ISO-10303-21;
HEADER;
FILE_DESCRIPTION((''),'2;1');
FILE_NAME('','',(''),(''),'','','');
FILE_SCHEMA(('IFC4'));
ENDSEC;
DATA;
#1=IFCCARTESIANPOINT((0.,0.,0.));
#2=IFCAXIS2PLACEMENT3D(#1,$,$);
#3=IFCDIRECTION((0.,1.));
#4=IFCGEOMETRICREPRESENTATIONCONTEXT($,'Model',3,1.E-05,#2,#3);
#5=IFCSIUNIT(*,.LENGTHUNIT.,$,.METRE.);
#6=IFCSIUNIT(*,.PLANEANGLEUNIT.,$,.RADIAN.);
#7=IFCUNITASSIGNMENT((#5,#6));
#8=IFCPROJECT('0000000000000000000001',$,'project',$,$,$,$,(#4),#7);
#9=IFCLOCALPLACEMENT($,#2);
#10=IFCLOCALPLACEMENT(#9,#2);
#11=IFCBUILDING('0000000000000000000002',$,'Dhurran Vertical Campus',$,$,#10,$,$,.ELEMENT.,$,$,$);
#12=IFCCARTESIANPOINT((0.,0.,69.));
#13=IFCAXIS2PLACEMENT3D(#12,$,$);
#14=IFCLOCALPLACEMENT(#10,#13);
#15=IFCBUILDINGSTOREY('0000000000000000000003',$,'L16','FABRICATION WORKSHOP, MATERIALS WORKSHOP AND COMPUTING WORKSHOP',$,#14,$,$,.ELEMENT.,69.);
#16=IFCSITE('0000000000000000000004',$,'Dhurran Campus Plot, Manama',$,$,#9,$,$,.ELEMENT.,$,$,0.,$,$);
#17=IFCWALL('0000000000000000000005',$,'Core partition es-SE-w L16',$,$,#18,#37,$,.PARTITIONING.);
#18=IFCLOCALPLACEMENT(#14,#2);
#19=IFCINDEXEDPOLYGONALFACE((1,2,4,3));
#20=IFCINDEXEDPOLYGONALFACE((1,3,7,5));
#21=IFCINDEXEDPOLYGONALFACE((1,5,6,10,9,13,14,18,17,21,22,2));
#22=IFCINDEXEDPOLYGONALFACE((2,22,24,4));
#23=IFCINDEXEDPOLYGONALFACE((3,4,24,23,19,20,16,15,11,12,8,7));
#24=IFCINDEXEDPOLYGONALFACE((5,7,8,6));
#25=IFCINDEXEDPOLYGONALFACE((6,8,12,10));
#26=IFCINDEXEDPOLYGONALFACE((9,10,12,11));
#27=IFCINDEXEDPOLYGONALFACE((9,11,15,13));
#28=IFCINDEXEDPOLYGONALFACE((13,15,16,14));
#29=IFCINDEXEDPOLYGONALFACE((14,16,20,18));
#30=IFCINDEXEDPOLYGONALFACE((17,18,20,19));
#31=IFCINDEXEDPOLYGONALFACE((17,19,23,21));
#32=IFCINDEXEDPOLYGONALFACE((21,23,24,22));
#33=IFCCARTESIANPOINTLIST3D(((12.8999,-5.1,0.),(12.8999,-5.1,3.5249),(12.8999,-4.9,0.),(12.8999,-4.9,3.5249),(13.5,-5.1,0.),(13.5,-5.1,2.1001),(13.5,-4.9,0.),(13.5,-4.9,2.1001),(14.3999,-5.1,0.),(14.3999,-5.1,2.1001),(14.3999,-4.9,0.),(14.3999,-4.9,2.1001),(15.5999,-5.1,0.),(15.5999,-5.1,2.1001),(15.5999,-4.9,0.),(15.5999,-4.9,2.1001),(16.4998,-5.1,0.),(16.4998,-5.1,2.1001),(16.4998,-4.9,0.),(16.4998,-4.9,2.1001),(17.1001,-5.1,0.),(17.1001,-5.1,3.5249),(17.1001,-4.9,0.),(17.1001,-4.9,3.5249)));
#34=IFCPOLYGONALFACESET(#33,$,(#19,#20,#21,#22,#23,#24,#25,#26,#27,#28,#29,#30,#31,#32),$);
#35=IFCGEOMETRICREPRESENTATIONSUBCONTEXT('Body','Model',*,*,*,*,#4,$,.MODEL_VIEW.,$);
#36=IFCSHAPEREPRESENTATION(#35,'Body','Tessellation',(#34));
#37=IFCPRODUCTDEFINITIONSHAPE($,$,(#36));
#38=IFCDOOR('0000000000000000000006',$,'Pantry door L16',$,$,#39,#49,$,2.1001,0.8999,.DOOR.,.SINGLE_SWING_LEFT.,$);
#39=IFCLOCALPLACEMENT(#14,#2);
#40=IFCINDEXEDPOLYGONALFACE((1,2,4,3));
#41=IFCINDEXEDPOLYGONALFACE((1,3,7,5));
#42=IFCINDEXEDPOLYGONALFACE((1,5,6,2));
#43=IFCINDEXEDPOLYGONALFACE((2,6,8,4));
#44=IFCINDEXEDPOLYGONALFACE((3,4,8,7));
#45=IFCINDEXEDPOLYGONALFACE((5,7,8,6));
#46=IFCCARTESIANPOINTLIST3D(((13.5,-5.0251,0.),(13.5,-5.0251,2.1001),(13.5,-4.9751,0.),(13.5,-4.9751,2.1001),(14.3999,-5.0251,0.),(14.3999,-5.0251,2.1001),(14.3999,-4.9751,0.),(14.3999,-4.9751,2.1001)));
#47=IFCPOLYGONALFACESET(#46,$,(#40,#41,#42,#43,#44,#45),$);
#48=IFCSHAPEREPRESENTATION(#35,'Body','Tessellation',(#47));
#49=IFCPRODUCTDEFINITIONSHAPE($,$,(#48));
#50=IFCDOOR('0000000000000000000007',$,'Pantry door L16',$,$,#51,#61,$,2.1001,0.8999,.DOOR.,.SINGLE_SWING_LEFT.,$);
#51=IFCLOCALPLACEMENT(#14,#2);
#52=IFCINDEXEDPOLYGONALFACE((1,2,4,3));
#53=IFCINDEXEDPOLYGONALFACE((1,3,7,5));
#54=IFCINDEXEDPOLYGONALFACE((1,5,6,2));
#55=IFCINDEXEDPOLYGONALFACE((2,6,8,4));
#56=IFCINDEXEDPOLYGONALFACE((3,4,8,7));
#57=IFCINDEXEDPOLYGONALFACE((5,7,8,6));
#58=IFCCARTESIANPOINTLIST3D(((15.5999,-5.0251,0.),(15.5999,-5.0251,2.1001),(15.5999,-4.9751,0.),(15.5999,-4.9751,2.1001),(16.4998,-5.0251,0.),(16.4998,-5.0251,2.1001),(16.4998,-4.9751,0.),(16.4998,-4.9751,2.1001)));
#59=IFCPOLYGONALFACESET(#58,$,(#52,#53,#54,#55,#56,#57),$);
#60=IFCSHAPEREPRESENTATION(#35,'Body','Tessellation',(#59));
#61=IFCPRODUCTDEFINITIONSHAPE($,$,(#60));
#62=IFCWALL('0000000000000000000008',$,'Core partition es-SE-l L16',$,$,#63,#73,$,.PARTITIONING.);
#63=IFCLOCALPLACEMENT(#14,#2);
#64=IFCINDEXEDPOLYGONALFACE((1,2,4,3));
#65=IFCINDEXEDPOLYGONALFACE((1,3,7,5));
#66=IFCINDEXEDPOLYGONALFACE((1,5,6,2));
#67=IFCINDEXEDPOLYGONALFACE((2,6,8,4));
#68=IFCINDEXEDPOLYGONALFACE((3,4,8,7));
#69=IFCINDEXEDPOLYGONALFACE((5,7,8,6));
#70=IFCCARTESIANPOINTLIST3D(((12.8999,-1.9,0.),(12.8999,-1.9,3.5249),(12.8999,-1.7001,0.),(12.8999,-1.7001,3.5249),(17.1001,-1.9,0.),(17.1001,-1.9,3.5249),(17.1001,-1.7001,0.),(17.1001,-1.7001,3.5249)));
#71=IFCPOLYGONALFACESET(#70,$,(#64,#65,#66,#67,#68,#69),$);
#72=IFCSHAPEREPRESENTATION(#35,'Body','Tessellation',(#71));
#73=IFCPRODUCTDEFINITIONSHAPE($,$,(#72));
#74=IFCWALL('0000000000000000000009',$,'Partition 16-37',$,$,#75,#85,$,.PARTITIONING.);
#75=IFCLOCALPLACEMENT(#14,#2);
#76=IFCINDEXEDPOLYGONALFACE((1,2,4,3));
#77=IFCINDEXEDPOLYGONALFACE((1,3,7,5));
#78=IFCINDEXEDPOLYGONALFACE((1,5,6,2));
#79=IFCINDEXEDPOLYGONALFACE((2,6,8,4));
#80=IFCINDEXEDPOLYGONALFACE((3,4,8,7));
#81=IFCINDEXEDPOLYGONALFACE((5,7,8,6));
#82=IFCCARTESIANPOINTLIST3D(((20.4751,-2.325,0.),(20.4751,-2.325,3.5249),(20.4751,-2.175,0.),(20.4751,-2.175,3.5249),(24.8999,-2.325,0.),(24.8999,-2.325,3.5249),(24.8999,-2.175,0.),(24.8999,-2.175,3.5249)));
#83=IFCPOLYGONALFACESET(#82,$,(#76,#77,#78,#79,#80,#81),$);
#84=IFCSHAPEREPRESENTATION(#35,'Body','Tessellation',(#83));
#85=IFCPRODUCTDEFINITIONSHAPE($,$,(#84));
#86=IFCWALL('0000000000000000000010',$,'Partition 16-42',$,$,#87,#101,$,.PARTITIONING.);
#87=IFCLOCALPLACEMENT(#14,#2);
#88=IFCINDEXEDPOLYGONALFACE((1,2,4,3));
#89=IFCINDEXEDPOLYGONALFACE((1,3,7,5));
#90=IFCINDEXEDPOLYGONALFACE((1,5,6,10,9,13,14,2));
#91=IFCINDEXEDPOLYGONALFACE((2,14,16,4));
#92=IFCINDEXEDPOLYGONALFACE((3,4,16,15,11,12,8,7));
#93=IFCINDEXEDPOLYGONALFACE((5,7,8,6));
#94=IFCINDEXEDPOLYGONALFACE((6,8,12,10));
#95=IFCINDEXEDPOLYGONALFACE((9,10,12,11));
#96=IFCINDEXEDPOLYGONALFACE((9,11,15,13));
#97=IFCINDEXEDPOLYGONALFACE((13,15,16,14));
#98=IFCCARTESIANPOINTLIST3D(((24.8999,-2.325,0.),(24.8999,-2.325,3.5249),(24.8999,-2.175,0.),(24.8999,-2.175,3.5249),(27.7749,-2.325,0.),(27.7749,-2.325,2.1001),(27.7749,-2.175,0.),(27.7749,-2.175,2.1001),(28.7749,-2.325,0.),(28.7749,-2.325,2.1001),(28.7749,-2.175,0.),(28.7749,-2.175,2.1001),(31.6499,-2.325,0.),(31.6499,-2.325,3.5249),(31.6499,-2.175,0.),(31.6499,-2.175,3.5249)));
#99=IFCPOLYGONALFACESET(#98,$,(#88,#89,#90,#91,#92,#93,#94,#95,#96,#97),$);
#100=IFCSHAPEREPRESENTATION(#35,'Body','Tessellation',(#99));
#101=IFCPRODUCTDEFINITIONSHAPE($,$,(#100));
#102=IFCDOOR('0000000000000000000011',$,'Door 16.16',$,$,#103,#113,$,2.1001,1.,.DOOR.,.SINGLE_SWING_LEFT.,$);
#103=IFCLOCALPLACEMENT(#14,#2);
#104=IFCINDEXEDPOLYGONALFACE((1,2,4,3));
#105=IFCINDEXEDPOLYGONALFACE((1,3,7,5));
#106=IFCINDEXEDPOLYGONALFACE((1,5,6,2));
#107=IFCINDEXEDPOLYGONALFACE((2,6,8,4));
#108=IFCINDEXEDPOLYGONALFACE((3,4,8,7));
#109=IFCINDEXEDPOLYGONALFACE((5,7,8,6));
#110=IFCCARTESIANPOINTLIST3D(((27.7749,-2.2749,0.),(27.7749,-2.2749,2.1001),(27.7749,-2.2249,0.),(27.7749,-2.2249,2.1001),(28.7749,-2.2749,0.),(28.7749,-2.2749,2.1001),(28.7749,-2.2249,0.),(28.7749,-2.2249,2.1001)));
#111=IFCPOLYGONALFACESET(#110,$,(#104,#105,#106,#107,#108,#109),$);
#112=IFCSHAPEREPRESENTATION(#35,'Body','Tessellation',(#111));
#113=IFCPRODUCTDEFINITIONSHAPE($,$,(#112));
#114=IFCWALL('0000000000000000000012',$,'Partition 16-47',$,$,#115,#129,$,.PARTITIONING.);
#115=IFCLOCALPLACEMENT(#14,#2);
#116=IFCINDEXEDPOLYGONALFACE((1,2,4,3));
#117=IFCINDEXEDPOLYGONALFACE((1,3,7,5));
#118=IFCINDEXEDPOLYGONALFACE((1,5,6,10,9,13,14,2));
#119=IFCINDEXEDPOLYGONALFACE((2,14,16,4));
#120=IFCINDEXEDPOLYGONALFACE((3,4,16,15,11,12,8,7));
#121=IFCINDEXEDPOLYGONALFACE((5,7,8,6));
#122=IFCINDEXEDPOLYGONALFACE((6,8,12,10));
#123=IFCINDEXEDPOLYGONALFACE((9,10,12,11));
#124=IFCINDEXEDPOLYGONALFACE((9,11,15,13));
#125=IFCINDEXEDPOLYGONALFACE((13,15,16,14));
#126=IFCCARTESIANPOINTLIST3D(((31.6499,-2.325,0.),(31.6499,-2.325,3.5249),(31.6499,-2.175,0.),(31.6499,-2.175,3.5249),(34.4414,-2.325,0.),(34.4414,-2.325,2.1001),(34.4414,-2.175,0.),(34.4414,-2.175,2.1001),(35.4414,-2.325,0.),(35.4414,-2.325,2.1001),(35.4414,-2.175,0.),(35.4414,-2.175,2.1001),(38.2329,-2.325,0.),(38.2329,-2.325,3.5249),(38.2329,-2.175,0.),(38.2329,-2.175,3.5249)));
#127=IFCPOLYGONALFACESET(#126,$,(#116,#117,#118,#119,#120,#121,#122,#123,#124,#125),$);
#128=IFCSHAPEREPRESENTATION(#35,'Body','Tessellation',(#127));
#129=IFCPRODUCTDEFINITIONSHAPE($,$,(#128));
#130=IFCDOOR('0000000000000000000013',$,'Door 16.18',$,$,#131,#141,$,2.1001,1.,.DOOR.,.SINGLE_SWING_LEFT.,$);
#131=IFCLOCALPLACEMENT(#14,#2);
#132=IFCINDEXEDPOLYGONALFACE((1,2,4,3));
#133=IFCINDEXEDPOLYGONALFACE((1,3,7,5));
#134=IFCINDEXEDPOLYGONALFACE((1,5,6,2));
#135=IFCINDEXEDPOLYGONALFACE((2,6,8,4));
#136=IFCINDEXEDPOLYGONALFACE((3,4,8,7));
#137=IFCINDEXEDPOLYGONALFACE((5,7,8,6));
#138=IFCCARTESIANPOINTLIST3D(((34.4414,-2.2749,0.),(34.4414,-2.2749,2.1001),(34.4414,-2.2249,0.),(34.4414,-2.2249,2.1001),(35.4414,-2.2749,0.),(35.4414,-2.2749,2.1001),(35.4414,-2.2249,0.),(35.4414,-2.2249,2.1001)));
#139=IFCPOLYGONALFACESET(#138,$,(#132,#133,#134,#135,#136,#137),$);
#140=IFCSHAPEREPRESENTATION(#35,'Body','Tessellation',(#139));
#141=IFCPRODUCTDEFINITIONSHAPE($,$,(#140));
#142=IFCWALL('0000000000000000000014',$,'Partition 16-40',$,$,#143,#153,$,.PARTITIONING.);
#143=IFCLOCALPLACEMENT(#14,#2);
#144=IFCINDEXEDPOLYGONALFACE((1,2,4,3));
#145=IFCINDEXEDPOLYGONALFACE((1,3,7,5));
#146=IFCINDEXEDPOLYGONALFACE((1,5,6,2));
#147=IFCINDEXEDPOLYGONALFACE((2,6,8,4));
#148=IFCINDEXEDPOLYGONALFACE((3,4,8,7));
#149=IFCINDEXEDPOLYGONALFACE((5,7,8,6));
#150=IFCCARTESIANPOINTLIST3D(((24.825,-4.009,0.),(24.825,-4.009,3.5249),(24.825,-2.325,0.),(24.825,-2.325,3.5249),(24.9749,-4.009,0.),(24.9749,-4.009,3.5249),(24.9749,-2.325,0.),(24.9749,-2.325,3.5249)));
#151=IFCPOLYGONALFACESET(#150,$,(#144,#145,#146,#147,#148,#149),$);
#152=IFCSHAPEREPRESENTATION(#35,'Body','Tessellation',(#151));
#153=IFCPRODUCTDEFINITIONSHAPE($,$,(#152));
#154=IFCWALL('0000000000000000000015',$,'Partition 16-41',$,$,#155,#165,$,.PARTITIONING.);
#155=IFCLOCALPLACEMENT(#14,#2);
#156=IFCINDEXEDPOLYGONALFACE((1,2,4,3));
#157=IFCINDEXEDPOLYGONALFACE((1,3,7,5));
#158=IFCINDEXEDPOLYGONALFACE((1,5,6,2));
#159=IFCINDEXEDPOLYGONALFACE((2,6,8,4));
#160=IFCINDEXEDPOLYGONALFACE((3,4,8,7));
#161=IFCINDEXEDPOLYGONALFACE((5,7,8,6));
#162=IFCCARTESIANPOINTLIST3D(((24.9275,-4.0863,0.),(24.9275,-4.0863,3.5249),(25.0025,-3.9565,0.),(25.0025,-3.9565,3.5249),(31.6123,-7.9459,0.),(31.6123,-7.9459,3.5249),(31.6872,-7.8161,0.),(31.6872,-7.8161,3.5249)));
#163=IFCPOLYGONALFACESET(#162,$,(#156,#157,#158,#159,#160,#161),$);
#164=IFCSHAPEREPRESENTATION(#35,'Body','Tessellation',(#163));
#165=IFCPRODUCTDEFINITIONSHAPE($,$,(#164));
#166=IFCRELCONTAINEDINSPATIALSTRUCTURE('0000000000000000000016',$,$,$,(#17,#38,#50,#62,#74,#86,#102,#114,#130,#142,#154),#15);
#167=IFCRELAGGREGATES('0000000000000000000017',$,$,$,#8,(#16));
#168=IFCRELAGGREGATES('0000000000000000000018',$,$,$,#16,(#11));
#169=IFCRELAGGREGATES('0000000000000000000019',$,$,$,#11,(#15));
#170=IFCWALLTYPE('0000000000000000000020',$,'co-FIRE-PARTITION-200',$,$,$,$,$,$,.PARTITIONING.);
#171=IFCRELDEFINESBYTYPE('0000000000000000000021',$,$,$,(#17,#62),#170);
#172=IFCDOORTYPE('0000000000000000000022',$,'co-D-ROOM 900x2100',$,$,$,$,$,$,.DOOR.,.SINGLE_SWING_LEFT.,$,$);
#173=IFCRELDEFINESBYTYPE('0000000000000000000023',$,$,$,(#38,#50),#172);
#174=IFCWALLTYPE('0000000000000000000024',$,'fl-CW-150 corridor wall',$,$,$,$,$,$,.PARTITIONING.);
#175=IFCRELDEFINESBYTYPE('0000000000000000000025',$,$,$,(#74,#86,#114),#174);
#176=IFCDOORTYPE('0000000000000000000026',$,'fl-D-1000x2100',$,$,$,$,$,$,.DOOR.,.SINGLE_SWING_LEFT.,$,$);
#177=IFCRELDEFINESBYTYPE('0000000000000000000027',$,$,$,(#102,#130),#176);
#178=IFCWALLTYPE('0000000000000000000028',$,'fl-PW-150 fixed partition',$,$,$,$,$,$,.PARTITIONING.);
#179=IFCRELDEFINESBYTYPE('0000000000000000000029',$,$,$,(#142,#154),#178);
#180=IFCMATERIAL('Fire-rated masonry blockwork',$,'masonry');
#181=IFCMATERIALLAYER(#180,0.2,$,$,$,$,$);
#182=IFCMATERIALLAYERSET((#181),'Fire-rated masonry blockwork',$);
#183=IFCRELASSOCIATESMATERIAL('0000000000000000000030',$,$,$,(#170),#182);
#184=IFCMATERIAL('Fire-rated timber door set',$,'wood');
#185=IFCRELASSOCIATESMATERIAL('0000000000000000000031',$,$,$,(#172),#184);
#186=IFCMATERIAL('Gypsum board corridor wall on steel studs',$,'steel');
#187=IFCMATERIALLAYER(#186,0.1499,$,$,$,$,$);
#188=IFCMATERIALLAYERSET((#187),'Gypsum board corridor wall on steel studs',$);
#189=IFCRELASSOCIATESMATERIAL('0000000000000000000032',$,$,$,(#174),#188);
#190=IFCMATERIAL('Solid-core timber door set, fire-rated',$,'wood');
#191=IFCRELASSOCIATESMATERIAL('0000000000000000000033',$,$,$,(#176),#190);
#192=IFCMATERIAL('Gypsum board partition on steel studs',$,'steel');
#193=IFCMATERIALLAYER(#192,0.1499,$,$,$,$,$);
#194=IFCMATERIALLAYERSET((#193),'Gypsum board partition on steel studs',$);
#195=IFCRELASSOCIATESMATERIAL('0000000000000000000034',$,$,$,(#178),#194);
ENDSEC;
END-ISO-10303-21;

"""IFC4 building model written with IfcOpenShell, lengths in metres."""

from ifc_helpers import new_model, si_unit, direction, frame, frame_2d, origin, place, context, subcontext, project, spatial, rectangle, extrude, material, layer, layer_set, type_object, element, fill, save


model = new_model("IFC4")

# Units and contexts
model_context = context("Model", 3, precision=1e-05, world=origin(), true_north=direction((0.0, 1.0)))
body_context = subcontext(model_context, "Body", "Model", "MODEL_VIEW")
ifc_project = project(units=[si_unit("LENGTHUNIT", "METRE"), si_unit("PLANEANGLEUNIT", "RADIAN")], contexts=[model_context])

# Site, building, storey
site_placement = place(None, origin())
site = spatial("IfcSite", under=ifc_project, at=site_placement, Name="Dhurran Campus Plot, Manama", CompositionType="ELEMENT", RefElevation=0.0)
building_placement = place(site_placement, origin())
building = spatial("IfcBuilding", under=site, at=building_placement, Name="Dhurran Vertical Campus", CompositionType="ELEMENT")
storey_placement = place(building_placement, frame((0.0, 0.0, 69.0)))
storey = spatial("IfcBuildingStorey", under=building, at=storey_placement, Name="L16", Description="FABRICATION WORKSHOP, MATERIALS WORKSHOP AND COMPUTING WORKSHOP", CompositionType="ELEMENT", Elevation=69.0)

# Shared definitions
ifc_material_1 = material(Name="Fire-rated masonry blockwork", Category="masonry")
ifc_layer_1 = layer(ifc_material_1, 0.2)
ifc_layer_set_1 = layer_set([ifc_layer_1], Name="Fire-rated masonry blockwork")
wall_type_1 = type_object("IfcWallType", Name="co-FIRE-PARTITION-200", PredefinedType="PARTITIONING", material=ifc_layer_set_1)
ifc_material_2 = material(Name="Fire-rated timber door set", Category="wood")
door_type_1 = type_object("IfcDoorType", Name="co-D-ROOM 900x2100", OperationType="SINGLE_SWING_LEFT", PredefinedType="DOOR", material=ifc_material_2)

# Wall, openings, doors
wall_1_placement = place(storey_placement, frame((12.8999, -5.0, 0.0), z_axis=(0.0, 0.0, 1.0), x_axis=(1.0, 0.0, 0.0)))
wall_1 = element("IfcWall", 1, at=wall_1_placement, inside=storey, type_object=wall_type_1, Name="Core partition es-SE-w L16", PredefinedType="PARTITIONING", context=body_context, shape_type="SweptSolid", body=[
    extrude(rectangle(XDim=4.2002, YDim=0.2, at=frame_2d((2.1001, 0.0))), origin(), (0.0, 0.0, 1.0), 3.5249),
])
opening_1_placement = place(wall_1_placement, frame((0.6001, 0.0, 0.0)))
opening_1 = element("IfcOpeningElement", 2, at=opening_1_placement, cuts=wall_1, PredefinedType="OPENING", context=body_context, shape_type="SweptSolid", body=[
    extrude(rectangle(XDim=0.8999, YDim=2.1001, at=frame_2d((0.45, 1.05))), frame((0.0, 0.1099, 0.0), z_axis=(0.0, -1.0, 0.0), x_axis=(1.0, 0.0, 0.0)), (0.0, 0.0, 1.0), 0.22),
])
opening_2_placement = place(wall_1_placement, frame((2.7, 0.0, 0.0)))
opening_2 = element("IfcOpeningElement", 3, at=opening_2_placement, cuts=wall_1, PredefinedType="OPENING", context=body_context, shape_type="SweptSolid", body=[
    extrude(rectangle(XDim=0.8999, YDim=2.1001, at=frame_2d((0.45, 1.05))), frame((0.0, 0.1099, 0.0), z_axis=(0.0, -1.0, 0.0), x_axis=(1.0, 0.0, 0.0)), (0.0, 0.0, 1.0), 0.22),
])
door_1_placement = place(opening_1_placement, origin())
door_1 = element("IfcDoor", 4, at=door_1_placement, inside=storey, type_object=door_type_1, Name="Pantry door L16", OperationType="SINGLE_SWING_LEFT", OverallHeight=2.1001, OverallWidth=0.8999, PredefinedType="DOOR", context=body_context, shape_type="SweptSolid", body=[
    extrude(rectangle(XDim=0.8999, YDim=2.1001, at=frame_2d((0.45, 1.05))), frame((0.0, 0.0249, 0.0), z_axis=(0.0, -1.0, 0.0), x_axis=(1.0, 0.0, 0.0)), (0.0, 0.0, 1.0), 0.05),
])
fill(opening_1, door_1)
door_2_placement = place(opening_2_placement, origin())
door_2 = element("IfcDoor", 5, at=door_2_placement, inside=storey, type_object=door_type_1, Name="Pantry door L16", OperationType="SINGLE_SWING_LEFT", OverallHeight=2.1001, OverallWidth=0.8999, PredefinedType="DOOR", context=body_context, shape_type="SweptSolid", body=[
    extrude(rectangle(XDim=0.8999, YDim=2.1001, at=frame_2d((0.45, 1.05))), frame((0.0, 0.0249, 0.0), z_axis=(0.0, -1.0, 0.0), x_axis=(1.0, 0.0, 0.0)), (0.0, 0.0, 1.0), 0.05),
])
fill(opening_2, door_2)

# Walls
wall_2_placement = place(storey_placement, frame((12.8999, -1.8, 0.0), z_axis=(0.0, 0.0, 1.0), x_axis=(1.0, 0.0, 0.0)))
element("IfcWall", 6, at=wall_2_placement, inside=storey, type_object=wall_type_1, Name="Core partition es-SE-l L16", PredefinedType="PARTITIONING", context=body_context, shape_type="SweptSolid", body=[
    extrude(rectangle(XDim=4.2002, YDim=0.2, at=frame_2d((2.1001, 0.0))), origin(), (0.0, 0.0, 1.0), 3.5249),
])
ifc_material_3 = material(Name="Gypsum board corridor wall on steel studs", Category="steel")
ifc_layer_2 = layer(ifc_material_3, 0.1499)
ifc_layer_set_2 = layer_set([ifc_layer_2], Name="Gypsum board corridor wall on steel studs")
wall_type_2 = type_object("IfcWallType", Name="fl-CW-150 corridor wall", PredefinedType="PARTITIONING", material=ifc_layer_set_2)
wall_3_placement = place(storey_placement, frame((24.8999, -2.25, 0.0), z_axis=(0.0, 0.0, 1.0), x_axis=(-1.0, 0.0, 0.0)))
element("IfcWall", 7, at=wall_3_placement, inside=storey, type_object=wall_type_2, Name="Partition 16-37", PredefinedType="PARTITIONING", context=body_context, shape_type="SweptSolid", body=[
    extrude(rectangle(XDim=4.4248, YDim=0.1499, at=frame_2d((2.2124, 0.0))), origin(), (0.0, 0.0, 1.0), 3.5249),
])

# Walls, openings, doors
wall_4_placement = place(storey_placement, frame((31.6499, -2.25, 0.0), z_axis=(0.0, 0.0, 1.0), x_axis=(-1.0, 0.0, 0.0)))
wall_4 = element("IfcWall", 8, at=wall_4_placement, inside=storey, type_object=wall_type_2, Name="Partition 16-42", PredefinedType="PARTITIONING", context=body_context, shape_type="SweptSolid", body=[
    extrude(rectangle(XDim=6.75, YDim=0.1499, at=frame_2d((3.375, 0.0))), origin(), (0.0, 0.0, 1.0), 3.5249),
])
opening_3_placement = place(wall_4_placement, frame((2.875, 0.0, 0.0)))
opening_3 = element("IfcOpeningElement", 9, at=opening_3_placement, cuts=wall_4, PredefinedType="OPENING", context=body_context, shape_type="SweptSolid", body=[
    extrude(rectangle(XDim=1.0, YDim=2.1001, at=frame_2d((0.5, 1.05))), frame((0.0, 0.085, 0.0), z_axis=(0.0, -1.0, 0.0), x_axis=(1.0, 0.0, 0.0)), (0.0, 0.0, 1.0), 0.1699),
])
ifc_material_4 = material(Name="Solid-core timber door set, fire-rated", Category="wood")
door_type_2 = type_object("IfcDoorType", Name="fl-D-1000x2100", OperationType="SINGLE_SWING_LEFT", PredefinedType="DOOR", material=ifc_material_4)
door_3_placement = place(opening_3_placement, origin())
door_3 = element("IfcDoor", 10, at=door_3_placement, inside=storey, type_object=door_type_2, Name="Door 16.16", OperationType="SINGLE_SWING_LEFT", OverallHeight=2.1001, OverallWidth=1.0, PredefinedType="DOOR", context=body_context, shape_type="SweptSolid", body=[
    extrude(rectangle(XDim=1.0, YDim=2.1001, at=frame_2d((0.5, 1.05))), frame((0.0, 0.0249, 0.0), z_axis=(0.0, -1.0, 0.0), x_axis=(1.0, 0.0, 0.0)), (0.0, 0.0, 1.0), 0.05),
])
fill(opening_3, door_3)
wall_5_placement = place(storey_placement, frame((38.2329, -2.25, 0.0), z_axis=(0.0, 0.0, 1.0), x_axis=(-1.0, 0.0, 0.0)))
wall_5 = element("IfcWall", 11, at=wall_5_placement, inside=storey, type_object=wall_type_2, Name="Partition 16-47", PredefinedType="PARTITIONING", context=body_context, shape_type="SweptSolid", body=[
    extrude(rectangle(XDim=6.583, YDim=0.1499, at=frame_2d((3.2915, 0.0))), origin(), (0.0, 0.0, 1.0), 3.5249),
])
opening_4_placement = place(wall_5_placement, frame((2.7915, 0.0, 0.0)))
opening_4 = element("IfcOpeningElement", 12, at=opening_4_placement, cuts=wall_5, PredefinedType="OPENING", context=body_context, shape_type="SweptSolid", body=[
    extrude(rectangle(XDim=1.0, YDim=2.1001, at=frame_2d((0.5, 1.05))), frame((0.0, 0.085, 0.0), z_axis=(0.0, -1.0, 0.0), x_axis=(1.0, 0.0, 0.0)), (0.0, 0.0, 1.0), 0.1699),
])
door_4_placement = place(opening_4_placement, origin())
door_4 = element("IfcDoor", 13, at=door_4_placement, inside=storey, type_object=door_type_2, Name="Door 16.18", OperationType="SINGLE_SWING_LEFT", OverallHeight=2.1001, OverallWidth=1.0, PredefinedType="DOOR", context=body_context, shape_type="SweptSolid", body=[
    extrude(rectangle(XDim=1.0, YDim=2.1001, at=frame_2d((0.5, 1.05))), frame((0.0, 0.0249, 0.0), z_axis=(0.0, -1.0, 0.0), x_axis=(1.0, 0.0, 0.0)), (0.0, 0.0, 1.0), 0.05),
])
fill(opening_4, door_4)

# Walls
ifc_material_5 = material(Name="Gypsum board partition on steel studs", Category="steel")
ifc_layer_3 = layer(ifc_material_5, 0.1499)
ifc_layer_set_3 = layer_set([ifc_layer_3], Name="Gypsum board partition on steel studs")
wall_type_3 = type_object("IfcWallType", Name="fl-PW-150 fixed partition", PredefinedType="PARTITIONING", material=ifc_layer_set_3)
wall_6_placement = place(storey_placement, frame((24.8999, -2.325, 0.0), z_axis=(0.0, 0.0, 1.0), x_axis=(0.0, -1.0, 0.0)))
element("IfcWall", 14, at=wall_6_placement, inside=storey, type_object=wall_type_3, Name="Partition 16-40", PredefinedType="PARTITIONING", context=body_context, shape_type="SweptSolid", body=[
    extrude(rectangle(XDim=1.6841, YDim=0.1499, at=frame_2d((0.842, 0.0))), origin(), (0.0, 0.0, 1.0), 3.5249),
])
wall_7_placement = place(storey_placement, frame((24.9651, -4.0215, 0.0), z_axis=(0.0, 0.0, 1.0), x_axis=(0.866018, -0.500014, 0.0)))
element("IfcWall", 15, at=wall_7_placement, inside=storey, type_object=wall_type_3, Name="Partition 16-41", PredefinedType="PARTITIONING", context=body_context, shape_type="SweptSolid", body=[
    extrude(rectangle(XDim=7.719, YDim=0.1499, at=frame_2d((3.8594, 0.0))), origin(), (0.0, 0.0, 1.0), 3.5249),
])

save(model, "model.ifc")
